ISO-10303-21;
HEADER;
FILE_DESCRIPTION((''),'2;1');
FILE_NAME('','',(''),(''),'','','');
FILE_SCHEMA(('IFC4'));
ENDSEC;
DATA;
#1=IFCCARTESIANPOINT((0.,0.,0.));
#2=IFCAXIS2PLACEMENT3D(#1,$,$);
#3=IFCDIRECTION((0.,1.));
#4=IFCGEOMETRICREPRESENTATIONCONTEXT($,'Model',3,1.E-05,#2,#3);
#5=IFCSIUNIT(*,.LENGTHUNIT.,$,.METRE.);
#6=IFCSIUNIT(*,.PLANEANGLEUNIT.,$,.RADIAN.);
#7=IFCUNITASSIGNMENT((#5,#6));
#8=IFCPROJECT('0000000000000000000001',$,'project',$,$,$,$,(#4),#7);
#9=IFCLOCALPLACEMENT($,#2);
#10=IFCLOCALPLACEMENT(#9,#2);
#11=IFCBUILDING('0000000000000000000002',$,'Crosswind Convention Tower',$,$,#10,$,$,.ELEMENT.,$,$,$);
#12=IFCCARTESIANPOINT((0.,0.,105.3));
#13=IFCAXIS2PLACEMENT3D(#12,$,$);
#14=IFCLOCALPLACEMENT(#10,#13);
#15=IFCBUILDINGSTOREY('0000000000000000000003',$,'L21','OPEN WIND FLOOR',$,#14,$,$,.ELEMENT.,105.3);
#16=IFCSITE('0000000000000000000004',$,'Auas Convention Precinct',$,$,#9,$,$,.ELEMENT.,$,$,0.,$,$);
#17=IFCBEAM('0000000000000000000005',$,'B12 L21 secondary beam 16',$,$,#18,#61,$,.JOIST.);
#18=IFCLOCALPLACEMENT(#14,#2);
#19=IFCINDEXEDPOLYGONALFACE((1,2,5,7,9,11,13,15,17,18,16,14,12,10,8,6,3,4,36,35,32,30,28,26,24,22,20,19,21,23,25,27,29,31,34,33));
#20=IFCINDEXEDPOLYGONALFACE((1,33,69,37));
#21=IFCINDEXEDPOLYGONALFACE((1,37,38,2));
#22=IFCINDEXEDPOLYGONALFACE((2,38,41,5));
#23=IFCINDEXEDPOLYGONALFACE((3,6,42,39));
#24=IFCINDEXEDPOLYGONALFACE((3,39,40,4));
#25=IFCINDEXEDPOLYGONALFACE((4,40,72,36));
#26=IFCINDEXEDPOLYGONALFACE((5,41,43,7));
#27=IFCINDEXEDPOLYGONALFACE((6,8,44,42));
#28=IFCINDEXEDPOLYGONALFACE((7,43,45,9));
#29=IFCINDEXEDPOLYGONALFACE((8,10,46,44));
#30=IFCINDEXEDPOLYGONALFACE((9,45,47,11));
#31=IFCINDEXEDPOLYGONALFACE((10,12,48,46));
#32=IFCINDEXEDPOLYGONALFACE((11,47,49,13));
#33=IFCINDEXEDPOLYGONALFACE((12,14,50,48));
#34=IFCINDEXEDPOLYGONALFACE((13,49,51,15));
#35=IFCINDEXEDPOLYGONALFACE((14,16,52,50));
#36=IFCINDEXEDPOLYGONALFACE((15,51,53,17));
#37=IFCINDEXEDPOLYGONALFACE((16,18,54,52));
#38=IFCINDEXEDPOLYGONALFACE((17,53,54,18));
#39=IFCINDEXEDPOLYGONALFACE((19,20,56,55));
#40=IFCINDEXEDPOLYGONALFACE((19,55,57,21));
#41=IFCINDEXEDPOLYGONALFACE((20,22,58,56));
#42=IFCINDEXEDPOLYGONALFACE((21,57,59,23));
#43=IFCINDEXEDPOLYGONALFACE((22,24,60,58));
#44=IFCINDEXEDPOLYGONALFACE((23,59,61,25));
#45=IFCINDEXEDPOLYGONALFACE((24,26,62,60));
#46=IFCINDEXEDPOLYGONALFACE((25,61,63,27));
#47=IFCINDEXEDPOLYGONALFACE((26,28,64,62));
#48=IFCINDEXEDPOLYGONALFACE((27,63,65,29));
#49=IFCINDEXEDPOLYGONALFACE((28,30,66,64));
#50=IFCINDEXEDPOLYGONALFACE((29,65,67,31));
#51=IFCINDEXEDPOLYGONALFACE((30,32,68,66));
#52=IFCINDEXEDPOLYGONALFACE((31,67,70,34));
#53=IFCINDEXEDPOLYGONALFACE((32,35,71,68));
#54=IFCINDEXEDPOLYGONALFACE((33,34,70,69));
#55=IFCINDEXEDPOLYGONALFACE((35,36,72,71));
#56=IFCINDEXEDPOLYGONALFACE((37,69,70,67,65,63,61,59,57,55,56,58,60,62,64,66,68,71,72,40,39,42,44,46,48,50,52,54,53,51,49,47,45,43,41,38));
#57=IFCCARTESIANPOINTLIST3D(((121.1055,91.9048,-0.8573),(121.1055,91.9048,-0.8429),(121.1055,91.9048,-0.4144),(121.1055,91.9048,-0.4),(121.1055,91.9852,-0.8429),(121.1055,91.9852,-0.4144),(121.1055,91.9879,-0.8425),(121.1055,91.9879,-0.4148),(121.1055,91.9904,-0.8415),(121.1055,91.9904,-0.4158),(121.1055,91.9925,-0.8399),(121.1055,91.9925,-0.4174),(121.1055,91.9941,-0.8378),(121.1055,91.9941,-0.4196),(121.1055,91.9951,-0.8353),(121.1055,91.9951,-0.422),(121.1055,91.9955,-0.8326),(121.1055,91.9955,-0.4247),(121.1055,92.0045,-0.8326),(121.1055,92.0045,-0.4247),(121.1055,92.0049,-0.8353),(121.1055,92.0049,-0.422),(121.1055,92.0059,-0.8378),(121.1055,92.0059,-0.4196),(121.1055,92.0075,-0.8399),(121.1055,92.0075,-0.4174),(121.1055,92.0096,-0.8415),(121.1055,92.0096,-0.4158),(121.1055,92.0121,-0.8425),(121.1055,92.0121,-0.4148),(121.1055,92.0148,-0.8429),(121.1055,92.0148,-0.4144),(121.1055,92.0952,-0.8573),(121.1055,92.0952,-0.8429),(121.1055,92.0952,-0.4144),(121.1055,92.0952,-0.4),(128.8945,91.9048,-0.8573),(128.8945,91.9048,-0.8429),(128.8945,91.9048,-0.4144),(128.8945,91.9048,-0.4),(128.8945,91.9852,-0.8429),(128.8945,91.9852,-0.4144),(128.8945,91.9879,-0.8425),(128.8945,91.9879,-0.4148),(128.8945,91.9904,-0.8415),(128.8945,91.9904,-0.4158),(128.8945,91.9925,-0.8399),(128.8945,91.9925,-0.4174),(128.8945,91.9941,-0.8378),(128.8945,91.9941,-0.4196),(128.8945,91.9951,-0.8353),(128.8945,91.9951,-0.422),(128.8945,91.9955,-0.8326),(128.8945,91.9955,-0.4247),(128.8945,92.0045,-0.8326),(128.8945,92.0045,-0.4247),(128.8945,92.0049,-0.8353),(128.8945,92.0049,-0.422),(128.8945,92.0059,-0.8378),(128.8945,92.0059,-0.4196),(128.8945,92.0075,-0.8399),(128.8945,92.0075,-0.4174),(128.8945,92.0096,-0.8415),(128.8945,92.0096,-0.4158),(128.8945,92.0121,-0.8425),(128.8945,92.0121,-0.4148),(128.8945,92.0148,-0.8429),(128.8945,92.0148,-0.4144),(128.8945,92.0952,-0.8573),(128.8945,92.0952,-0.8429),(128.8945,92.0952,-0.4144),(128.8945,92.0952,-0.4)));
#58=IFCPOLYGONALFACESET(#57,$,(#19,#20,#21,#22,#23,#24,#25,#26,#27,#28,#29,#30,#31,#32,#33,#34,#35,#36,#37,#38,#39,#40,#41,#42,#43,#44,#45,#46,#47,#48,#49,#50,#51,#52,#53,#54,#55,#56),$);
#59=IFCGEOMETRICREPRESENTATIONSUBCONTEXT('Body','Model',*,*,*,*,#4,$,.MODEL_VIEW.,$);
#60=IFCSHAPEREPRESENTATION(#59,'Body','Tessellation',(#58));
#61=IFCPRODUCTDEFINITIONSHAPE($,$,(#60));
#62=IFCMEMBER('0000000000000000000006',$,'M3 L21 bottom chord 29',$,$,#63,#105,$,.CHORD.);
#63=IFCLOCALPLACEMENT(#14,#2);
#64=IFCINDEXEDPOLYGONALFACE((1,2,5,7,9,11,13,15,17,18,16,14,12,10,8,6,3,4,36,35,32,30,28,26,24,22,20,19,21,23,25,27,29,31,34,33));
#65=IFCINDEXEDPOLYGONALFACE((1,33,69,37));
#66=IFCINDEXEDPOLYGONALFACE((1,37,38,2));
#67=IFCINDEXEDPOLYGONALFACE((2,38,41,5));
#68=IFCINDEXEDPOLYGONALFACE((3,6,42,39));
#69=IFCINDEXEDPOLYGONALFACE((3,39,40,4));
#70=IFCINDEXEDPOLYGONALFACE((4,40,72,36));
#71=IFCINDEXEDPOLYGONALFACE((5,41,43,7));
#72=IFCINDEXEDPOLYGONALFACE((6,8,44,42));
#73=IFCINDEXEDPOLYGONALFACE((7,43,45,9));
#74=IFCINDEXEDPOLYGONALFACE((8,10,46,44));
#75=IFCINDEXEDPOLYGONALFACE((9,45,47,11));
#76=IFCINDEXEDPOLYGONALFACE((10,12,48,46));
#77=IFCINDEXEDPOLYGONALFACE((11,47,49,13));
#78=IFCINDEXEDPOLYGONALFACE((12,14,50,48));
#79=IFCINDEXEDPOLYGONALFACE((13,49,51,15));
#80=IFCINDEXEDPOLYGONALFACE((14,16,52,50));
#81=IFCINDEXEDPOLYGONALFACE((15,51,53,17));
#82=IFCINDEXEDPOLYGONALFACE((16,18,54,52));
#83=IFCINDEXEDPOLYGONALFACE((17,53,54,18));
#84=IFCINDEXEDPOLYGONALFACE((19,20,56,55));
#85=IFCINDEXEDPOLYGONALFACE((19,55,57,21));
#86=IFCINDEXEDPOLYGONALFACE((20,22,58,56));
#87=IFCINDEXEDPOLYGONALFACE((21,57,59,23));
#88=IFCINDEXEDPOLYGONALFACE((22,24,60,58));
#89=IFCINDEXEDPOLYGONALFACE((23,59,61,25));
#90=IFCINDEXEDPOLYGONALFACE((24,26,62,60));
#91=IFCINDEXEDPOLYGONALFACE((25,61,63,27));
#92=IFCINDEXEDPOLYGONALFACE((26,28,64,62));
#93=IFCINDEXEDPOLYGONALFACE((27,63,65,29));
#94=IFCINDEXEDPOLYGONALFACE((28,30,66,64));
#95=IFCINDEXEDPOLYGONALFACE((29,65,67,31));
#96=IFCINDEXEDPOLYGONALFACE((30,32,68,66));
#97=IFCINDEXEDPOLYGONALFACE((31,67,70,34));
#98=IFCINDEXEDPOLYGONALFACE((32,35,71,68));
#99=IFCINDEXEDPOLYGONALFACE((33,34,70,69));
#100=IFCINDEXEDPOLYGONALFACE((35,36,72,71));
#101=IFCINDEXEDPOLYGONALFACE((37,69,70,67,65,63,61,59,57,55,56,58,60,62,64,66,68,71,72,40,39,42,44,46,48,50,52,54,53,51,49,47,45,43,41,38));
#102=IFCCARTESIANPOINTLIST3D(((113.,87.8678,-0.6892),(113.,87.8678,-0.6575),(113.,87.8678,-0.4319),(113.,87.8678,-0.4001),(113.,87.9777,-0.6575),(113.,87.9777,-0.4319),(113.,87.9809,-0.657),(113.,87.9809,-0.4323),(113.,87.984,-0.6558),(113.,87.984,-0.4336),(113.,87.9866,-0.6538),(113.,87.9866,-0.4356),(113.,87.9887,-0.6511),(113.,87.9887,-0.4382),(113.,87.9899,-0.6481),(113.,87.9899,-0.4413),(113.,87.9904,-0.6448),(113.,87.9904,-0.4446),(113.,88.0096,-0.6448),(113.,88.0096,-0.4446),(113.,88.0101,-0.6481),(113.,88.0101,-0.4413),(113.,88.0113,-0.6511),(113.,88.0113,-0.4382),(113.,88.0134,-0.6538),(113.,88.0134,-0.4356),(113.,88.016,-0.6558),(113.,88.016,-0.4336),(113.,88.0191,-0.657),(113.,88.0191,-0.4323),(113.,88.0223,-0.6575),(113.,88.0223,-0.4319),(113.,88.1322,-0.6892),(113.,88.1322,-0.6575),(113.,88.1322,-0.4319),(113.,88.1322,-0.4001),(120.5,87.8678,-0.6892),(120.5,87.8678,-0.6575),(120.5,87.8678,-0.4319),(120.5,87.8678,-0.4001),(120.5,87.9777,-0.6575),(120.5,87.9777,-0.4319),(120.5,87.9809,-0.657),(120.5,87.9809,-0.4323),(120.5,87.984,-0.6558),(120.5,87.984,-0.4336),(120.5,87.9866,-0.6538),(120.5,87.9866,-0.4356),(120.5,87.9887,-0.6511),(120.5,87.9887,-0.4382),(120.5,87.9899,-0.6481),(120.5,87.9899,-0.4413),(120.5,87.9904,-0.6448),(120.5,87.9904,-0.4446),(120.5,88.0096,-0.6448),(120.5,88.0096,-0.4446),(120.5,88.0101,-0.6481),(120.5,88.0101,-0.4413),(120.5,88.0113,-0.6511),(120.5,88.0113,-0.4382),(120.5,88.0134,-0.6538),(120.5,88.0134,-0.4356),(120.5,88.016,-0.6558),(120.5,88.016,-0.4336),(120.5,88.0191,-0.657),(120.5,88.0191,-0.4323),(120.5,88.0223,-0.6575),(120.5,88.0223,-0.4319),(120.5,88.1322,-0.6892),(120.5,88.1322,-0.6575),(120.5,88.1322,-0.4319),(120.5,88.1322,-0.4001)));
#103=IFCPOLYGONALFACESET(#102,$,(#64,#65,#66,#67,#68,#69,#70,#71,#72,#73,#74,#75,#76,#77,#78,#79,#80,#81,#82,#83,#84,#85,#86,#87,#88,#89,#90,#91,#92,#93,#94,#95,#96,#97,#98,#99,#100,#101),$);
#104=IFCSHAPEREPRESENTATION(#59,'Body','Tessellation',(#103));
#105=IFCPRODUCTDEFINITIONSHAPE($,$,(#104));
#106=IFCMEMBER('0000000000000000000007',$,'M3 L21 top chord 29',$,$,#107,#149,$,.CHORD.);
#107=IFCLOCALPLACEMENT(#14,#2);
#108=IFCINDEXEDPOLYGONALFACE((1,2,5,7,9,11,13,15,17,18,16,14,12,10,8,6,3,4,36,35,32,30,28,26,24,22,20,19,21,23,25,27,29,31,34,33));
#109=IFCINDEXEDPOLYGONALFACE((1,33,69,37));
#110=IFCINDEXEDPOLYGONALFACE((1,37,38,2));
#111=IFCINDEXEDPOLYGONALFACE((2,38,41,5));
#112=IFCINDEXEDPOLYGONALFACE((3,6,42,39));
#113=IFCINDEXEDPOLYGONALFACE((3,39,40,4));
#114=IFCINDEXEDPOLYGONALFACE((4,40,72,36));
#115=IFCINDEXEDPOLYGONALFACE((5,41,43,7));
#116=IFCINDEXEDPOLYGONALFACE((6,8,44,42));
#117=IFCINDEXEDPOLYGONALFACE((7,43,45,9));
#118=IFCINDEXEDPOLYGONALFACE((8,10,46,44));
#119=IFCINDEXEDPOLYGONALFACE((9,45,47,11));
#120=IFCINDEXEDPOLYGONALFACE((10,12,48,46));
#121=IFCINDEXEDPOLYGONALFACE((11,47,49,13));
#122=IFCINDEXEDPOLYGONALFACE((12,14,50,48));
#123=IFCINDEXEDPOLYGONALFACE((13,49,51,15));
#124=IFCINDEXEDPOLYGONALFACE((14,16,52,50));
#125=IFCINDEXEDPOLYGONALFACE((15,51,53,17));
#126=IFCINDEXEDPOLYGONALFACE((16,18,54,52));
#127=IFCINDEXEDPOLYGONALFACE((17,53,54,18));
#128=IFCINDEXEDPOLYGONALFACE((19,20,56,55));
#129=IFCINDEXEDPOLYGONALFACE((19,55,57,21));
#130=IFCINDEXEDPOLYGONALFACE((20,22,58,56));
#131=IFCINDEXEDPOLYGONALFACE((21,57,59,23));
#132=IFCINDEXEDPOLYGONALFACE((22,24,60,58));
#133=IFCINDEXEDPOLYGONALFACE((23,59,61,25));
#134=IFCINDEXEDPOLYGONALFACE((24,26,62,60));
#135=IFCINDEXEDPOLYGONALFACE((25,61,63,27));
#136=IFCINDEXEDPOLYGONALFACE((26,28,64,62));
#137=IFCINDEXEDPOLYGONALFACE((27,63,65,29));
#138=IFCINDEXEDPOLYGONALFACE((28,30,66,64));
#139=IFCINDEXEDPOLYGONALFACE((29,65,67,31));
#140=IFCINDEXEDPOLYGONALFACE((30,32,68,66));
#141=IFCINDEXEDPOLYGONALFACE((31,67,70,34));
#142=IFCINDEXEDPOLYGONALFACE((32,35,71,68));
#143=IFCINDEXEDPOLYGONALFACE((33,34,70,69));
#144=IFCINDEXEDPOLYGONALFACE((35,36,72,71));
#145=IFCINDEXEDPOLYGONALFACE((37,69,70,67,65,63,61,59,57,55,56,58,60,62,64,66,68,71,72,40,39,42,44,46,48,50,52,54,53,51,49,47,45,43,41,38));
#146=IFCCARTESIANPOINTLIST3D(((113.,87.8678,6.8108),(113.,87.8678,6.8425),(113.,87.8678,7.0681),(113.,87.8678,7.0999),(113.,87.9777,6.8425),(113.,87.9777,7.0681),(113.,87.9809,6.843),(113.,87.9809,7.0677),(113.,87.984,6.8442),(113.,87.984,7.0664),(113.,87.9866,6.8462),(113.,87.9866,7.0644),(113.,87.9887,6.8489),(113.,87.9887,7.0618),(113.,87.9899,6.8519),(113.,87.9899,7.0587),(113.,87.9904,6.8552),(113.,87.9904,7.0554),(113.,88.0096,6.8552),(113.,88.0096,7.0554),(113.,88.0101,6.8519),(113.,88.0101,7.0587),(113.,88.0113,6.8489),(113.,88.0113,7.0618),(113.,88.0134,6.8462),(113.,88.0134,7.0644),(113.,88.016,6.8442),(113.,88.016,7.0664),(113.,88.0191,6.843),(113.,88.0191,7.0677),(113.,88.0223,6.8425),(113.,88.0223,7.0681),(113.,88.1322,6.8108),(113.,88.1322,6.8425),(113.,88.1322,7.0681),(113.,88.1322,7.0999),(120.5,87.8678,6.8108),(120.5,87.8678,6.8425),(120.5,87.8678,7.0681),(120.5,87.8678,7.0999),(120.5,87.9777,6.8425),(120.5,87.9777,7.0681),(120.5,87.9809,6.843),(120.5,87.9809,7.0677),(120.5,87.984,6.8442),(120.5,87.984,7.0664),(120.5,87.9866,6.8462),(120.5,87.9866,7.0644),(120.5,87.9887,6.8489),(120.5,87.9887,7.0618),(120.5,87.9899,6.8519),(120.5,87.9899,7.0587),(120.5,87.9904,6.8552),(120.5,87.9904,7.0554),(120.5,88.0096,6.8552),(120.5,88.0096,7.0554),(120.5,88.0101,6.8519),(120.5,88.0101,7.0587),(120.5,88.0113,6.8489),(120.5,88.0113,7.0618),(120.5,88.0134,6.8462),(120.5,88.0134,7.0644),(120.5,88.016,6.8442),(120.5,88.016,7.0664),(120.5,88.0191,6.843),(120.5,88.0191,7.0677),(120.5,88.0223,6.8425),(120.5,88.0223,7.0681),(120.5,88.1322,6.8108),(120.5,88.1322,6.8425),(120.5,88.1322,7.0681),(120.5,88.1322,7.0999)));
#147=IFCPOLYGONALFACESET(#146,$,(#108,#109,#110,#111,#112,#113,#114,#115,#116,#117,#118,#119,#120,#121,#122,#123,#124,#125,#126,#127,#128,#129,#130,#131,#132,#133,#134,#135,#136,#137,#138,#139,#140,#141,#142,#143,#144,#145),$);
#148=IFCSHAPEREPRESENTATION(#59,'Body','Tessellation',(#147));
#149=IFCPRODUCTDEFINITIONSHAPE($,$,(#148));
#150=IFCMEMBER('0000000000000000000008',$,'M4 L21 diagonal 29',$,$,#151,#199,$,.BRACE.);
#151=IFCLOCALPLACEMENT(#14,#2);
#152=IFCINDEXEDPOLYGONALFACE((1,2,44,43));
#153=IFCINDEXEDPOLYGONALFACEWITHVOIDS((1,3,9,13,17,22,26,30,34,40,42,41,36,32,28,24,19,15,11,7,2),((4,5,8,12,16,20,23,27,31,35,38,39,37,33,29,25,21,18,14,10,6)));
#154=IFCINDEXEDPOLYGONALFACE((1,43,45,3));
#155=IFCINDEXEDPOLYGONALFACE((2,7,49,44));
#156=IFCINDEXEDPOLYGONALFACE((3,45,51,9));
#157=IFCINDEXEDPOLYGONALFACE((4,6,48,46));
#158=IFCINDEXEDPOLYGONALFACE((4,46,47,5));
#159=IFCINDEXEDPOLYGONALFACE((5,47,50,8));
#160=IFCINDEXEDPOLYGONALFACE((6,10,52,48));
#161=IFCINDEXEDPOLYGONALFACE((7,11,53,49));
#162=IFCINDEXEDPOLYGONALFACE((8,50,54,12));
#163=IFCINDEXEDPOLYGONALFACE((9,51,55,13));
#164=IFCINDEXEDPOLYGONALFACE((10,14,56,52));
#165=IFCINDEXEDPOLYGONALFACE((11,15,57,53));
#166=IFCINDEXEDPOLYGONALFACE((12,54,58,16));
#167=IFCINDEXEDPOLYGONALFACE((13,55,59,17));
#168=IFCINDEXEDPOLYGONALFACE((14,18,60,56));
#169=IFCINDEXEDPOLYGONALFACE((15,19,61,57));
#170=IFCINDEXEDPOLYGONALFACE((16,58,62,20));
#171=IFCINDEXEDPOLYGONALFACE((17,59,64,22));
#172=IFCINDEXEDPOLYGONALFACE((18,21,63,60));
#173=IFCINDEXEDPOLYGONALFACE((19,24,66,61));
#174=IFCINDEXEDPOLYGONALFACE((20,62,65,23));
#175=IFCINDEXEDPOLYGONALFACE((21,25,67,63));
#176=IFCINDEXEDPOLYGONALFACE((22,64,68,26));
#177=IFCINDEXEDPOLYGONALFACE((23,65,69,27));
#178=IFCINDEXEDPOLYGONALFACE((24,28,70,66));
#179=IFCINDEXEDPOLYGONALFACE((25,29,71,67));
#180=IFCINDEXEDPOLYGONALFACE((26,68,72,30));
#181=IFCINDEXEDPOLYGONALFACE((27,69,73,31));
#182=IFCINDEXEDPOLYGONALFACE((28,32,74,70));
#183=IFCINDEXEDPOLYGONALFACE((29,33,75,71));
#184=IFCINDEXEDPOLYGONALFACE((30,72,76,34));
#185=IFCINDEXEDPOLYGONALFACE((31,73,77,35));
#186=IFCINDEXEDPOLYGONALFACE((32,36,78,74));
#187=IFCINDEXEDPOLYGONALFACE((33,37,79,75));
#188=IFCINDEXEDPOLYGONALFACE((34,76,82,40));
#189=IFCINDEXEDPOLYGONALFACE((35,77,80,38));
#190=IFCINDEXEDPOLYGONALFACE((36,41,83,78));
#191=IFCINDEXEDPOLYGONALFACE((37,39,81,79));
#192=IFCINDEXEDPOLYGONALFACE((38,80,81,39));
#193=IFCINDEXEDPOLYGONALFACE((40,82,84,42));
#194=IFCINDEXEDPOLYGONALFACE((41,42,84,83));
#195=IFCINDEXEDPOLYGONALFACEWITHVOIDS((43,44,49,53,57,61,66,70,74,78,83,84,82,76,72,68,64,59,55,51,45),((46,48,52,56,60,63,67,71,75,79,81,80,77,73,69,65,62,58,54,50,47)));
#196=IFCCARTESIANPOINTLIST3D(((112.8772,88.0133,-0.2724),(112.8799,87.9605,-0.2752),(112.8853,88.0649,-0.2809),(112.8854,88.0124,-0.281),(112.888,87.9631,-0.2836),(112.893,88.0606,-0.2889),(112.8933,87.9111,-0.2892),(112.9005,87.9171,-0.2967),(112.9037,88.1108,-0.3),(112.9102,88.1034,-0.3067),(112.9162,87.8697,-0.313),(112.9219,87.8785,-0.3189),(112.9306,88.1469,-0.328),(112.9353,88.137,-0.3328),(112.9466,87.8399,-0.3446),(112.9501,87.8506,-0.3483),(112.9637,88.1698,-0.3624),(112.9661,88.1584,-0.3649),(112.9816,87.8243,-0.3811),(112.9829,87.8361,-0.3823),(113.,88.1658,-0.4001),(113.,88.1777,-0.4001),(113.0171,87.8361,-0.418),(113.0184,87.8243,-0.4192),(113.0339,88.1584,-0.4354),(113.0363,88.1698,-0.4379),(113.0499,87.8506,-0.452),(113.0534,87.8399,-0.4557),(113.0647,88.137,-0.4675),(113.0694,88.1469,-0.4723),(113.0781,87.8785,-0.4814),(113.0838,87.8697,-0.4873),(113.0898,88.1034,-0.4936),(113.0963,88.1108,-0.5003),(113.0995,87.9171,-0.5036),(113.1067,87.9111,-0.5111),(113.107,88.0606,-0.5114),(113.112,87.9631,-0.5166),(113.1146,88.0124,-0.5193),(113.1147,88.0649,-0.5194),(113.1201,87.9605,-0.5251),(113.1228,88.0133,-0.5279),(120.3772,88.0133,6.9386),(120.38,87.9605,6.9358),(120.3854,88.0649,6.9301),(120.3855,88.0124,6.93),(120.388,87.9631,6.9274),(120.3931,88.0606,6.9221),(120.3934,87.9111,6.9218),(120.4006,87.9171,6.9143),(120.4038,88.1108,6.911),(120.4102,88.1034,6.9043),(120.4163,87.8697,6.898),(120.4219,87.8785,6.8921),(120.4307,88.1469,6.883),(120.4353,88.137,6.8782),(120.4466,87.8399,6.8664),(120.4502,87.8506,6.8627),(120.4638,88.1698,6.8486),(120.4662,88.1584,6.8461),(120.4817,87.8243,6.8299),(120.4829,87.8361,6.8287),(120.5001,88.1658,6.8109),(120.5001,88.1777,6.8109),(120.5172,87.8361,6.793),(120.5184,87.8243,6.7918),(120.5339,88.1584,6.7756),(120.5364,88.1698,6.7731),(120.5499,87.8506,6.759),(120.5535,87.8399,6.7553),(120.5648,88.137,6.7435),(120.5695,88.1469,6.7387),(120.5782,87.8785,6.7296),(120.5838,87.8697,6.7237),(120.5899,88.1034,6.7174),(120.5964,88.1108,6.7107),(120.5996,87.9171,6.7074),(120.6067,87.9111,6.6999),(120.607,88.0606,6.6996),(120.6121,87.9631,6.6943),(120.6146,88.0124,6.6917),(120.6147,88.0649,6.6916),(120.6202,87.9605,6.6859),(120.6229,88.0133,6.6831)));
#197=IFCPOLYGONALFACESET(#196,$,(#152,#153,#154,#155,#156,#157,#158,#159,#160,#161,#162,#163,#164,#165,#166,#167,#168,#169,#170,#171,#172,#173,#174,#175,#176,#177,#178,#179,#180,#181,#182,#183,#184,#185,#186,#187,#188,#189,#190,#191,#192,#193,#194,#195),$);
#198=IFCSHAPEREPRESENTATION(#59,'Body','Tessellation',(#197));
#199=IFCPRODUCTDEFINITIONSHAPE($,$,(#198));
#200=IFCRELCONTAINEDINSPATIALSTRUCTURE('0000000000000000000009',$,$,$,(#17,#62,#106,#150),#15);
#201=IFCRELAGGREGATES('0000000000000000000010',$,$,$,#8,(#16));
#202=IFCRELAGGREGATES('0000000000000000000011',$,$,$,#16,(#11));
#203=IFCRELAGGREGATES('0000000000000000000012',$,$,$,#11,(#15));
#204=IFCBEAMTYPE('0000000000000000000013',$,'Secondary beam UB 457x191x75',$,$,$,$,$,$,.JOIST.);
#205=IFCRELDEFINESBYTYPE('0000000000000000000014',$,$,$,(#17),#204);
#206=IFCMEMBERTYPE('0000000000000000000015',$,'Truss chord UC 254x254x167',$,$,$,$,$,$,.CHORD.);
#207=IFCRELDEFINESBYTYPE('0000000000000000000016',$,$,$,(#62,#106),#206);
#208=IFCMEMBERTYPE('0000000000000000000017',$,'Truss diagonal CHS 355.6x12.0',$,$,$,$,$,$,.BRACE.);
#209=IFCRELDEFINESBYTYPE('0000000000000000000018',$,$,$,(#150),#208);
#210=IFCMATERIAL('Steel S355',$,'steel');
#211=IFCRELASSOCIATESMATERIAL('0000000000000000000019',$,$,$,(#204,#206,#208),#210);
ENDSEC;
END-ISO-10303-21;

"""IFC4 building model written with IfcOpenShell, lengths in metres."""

from ifc_helpers import new_model, si_unit, direction, frame, origin, origin_2d, place, context, subcontext, project, spatial, hollow_circle, i_section, extrude, material, material_profile, profile_set, type_object, element, save


model = new_model("IFC4")

# Units and contexts
model_context = context("Model", 3, precision=1e-05, world=origin(), true_north=direction((0.0, 1.0)))
body_context = subcontext(model_context, "Body", "Model", "MODEL_VIEW")
ifc_project = project(units=[si_unit("LENGTHUNIT", "METRE"), si_unit("PLANEANGLEUNIT", "RADIAN")], contexts=[model_context])

# Site, building, storey
site_placement = place(None, origin())
site = spatial("IfcSite", under=ifc_project, at=site_placement, Name="Auas Convention Precinct", CompositionType="ELEMENT", RefElevation=0.0)
building_placement = place(site_placement, origin())
building = spatial("IfcBuilding", under=site, at=building_placement, Name="Crosswind Convention Tower", CompositionType="ELEMENT")
storey_placement = place(building_placement, frame((0.0, 0.0, 105.3)))
storey = spatial("IfcBuildingStorey", under=building, at=storey_placement, Name="L21", Description="OPEN WIND FLOOR", CompositionType="ELEMENT", Elevation=105.3)

# Beam
ifc_material_1 = material(Name="Steel S355", Category="steel")
ifc_material_profile_1 = material_profile(ifc_material_1, i_section(OverallWidth=0.1904, OverallDepth=0.4573, WebThickness=0.009, FlangeThickness=0.0144, FilletRadius=0.0103, at=origin_2d()), Name="UB 457x191x75")
ifc_profile_set_1 = profile_set([ifc_material_profile_1], Name="Steel S355")
beam_type_1 = type_object("IfcBeamType", Name="Secondary beam UB 457x191x75", PredefinedType="JOIST", material=ifc_profile_set_1)
beam_1_placement = place(storey_placement, frame((121.1055, 92.0, -0.6287), z_axis=(1.0, 0.0, 0.0), x_axis=(0.0, 1.0, 0.0)))
element("IfcBeam", 1, at=beam_1_placement, inside=storey, type_object=beam_type_1, Name="B12 L21 secondary beam 16", PredefinedType="JOIST", context=body_context, shape_type="SweptSolid", body=[
    extrude(i_section(OverallWidth=0.1904, OverallDepth=0.4573, WebThickness=0.009, FlangeThickness=0.0144, FilletRadius=0.0103, at=origin_2d()), origin(), (0.0, 0.0, 1.0), 7.7891),
])

# Members
ifc_material_profile_2 = material_profile(ifc_material_1, i_section(OverallWidth=0.2644, OverallDepth=0.2891, WebThickness=0.0193, FlangeThickness=0.0317, FilletRadius=0.0127, at=origin_2d()), Name="UC 254x254x167")
ifc_profile_set_2 = profile_set([ifc_material_profile_2], Name="Steel S355")
member_type_1 = type_object("IfcMemberType", Name="Truss chord UC 254x254x167", PredefinedType="CHORD", material=ifc_profile_set_2)
for number, where, z_axis, x_axis, name in (
    (2, (113.0, 88.0, -0.5447), (1.0, 0.0, 0.0), (0.0, 1.0, 0.0), "M3 L21 bottom chord 29"),
    (3, (113.0, 88.0, 6.9553), (1.0, 0.0, 0.0), (0.0, 1.0, 0.0), "M3 L21 top chord 29"),
):
    element("IfcMember", number, at=place(storey_placement, frame(where, z_axis=z_axis, x_axis=x_axis)), inside=storey, type_object=member_type_1, Name=name, PredefinedType="CHORD", context=body_context, shape_type="SweptSolid", body=[
        extrude(i_section(OverallWidth=0.2644, OverallDepth=0.2891, WebThickness=0.0193, FlangeThickness=0.0317, FilletRadius=0.0127, at=origin_2d()), origin(), (0.0, 0.0, 1.0), 7.5),
    ])
ifc_material_profile_3 = material_profile(ifc_material_1, hollow_circle(Radius=0.1777, WallThickness=0.012, at=origin_2d()), Name="CHS 355.6x12.0")
ifc_profile_set_3 = profile_set([ifc_material_profile_3], Name="Steel S355")
member_type_2 = type_object("IfcMemberType", Name="Truss diagonal CHS 355.6x12.0", PredefinedType="BRACE", material=ifc_profile_set_3)
member_placement = place(storey_placement, frame((113.0, 88.0, -0.4001), z_axis=(0.720862, 0.0, 0.693079), x_axis=(0.0, 1.0, 0.0)))
element("IfcMember", 4, at=member_placement, inside=storey, type_object=member_type_2, Name="M4 L21 diagonal 29", PredefinedType="BRACE", context=body_context, shape_type="SweptSolid", body=[
    extrude(hollow_circle(Radius=0.1777, WallThickness=0.012, at=origin_2d()), origin(), (0.0, 0.0, 1.0), 10.4043),
])

save(model, "model.ifc")
